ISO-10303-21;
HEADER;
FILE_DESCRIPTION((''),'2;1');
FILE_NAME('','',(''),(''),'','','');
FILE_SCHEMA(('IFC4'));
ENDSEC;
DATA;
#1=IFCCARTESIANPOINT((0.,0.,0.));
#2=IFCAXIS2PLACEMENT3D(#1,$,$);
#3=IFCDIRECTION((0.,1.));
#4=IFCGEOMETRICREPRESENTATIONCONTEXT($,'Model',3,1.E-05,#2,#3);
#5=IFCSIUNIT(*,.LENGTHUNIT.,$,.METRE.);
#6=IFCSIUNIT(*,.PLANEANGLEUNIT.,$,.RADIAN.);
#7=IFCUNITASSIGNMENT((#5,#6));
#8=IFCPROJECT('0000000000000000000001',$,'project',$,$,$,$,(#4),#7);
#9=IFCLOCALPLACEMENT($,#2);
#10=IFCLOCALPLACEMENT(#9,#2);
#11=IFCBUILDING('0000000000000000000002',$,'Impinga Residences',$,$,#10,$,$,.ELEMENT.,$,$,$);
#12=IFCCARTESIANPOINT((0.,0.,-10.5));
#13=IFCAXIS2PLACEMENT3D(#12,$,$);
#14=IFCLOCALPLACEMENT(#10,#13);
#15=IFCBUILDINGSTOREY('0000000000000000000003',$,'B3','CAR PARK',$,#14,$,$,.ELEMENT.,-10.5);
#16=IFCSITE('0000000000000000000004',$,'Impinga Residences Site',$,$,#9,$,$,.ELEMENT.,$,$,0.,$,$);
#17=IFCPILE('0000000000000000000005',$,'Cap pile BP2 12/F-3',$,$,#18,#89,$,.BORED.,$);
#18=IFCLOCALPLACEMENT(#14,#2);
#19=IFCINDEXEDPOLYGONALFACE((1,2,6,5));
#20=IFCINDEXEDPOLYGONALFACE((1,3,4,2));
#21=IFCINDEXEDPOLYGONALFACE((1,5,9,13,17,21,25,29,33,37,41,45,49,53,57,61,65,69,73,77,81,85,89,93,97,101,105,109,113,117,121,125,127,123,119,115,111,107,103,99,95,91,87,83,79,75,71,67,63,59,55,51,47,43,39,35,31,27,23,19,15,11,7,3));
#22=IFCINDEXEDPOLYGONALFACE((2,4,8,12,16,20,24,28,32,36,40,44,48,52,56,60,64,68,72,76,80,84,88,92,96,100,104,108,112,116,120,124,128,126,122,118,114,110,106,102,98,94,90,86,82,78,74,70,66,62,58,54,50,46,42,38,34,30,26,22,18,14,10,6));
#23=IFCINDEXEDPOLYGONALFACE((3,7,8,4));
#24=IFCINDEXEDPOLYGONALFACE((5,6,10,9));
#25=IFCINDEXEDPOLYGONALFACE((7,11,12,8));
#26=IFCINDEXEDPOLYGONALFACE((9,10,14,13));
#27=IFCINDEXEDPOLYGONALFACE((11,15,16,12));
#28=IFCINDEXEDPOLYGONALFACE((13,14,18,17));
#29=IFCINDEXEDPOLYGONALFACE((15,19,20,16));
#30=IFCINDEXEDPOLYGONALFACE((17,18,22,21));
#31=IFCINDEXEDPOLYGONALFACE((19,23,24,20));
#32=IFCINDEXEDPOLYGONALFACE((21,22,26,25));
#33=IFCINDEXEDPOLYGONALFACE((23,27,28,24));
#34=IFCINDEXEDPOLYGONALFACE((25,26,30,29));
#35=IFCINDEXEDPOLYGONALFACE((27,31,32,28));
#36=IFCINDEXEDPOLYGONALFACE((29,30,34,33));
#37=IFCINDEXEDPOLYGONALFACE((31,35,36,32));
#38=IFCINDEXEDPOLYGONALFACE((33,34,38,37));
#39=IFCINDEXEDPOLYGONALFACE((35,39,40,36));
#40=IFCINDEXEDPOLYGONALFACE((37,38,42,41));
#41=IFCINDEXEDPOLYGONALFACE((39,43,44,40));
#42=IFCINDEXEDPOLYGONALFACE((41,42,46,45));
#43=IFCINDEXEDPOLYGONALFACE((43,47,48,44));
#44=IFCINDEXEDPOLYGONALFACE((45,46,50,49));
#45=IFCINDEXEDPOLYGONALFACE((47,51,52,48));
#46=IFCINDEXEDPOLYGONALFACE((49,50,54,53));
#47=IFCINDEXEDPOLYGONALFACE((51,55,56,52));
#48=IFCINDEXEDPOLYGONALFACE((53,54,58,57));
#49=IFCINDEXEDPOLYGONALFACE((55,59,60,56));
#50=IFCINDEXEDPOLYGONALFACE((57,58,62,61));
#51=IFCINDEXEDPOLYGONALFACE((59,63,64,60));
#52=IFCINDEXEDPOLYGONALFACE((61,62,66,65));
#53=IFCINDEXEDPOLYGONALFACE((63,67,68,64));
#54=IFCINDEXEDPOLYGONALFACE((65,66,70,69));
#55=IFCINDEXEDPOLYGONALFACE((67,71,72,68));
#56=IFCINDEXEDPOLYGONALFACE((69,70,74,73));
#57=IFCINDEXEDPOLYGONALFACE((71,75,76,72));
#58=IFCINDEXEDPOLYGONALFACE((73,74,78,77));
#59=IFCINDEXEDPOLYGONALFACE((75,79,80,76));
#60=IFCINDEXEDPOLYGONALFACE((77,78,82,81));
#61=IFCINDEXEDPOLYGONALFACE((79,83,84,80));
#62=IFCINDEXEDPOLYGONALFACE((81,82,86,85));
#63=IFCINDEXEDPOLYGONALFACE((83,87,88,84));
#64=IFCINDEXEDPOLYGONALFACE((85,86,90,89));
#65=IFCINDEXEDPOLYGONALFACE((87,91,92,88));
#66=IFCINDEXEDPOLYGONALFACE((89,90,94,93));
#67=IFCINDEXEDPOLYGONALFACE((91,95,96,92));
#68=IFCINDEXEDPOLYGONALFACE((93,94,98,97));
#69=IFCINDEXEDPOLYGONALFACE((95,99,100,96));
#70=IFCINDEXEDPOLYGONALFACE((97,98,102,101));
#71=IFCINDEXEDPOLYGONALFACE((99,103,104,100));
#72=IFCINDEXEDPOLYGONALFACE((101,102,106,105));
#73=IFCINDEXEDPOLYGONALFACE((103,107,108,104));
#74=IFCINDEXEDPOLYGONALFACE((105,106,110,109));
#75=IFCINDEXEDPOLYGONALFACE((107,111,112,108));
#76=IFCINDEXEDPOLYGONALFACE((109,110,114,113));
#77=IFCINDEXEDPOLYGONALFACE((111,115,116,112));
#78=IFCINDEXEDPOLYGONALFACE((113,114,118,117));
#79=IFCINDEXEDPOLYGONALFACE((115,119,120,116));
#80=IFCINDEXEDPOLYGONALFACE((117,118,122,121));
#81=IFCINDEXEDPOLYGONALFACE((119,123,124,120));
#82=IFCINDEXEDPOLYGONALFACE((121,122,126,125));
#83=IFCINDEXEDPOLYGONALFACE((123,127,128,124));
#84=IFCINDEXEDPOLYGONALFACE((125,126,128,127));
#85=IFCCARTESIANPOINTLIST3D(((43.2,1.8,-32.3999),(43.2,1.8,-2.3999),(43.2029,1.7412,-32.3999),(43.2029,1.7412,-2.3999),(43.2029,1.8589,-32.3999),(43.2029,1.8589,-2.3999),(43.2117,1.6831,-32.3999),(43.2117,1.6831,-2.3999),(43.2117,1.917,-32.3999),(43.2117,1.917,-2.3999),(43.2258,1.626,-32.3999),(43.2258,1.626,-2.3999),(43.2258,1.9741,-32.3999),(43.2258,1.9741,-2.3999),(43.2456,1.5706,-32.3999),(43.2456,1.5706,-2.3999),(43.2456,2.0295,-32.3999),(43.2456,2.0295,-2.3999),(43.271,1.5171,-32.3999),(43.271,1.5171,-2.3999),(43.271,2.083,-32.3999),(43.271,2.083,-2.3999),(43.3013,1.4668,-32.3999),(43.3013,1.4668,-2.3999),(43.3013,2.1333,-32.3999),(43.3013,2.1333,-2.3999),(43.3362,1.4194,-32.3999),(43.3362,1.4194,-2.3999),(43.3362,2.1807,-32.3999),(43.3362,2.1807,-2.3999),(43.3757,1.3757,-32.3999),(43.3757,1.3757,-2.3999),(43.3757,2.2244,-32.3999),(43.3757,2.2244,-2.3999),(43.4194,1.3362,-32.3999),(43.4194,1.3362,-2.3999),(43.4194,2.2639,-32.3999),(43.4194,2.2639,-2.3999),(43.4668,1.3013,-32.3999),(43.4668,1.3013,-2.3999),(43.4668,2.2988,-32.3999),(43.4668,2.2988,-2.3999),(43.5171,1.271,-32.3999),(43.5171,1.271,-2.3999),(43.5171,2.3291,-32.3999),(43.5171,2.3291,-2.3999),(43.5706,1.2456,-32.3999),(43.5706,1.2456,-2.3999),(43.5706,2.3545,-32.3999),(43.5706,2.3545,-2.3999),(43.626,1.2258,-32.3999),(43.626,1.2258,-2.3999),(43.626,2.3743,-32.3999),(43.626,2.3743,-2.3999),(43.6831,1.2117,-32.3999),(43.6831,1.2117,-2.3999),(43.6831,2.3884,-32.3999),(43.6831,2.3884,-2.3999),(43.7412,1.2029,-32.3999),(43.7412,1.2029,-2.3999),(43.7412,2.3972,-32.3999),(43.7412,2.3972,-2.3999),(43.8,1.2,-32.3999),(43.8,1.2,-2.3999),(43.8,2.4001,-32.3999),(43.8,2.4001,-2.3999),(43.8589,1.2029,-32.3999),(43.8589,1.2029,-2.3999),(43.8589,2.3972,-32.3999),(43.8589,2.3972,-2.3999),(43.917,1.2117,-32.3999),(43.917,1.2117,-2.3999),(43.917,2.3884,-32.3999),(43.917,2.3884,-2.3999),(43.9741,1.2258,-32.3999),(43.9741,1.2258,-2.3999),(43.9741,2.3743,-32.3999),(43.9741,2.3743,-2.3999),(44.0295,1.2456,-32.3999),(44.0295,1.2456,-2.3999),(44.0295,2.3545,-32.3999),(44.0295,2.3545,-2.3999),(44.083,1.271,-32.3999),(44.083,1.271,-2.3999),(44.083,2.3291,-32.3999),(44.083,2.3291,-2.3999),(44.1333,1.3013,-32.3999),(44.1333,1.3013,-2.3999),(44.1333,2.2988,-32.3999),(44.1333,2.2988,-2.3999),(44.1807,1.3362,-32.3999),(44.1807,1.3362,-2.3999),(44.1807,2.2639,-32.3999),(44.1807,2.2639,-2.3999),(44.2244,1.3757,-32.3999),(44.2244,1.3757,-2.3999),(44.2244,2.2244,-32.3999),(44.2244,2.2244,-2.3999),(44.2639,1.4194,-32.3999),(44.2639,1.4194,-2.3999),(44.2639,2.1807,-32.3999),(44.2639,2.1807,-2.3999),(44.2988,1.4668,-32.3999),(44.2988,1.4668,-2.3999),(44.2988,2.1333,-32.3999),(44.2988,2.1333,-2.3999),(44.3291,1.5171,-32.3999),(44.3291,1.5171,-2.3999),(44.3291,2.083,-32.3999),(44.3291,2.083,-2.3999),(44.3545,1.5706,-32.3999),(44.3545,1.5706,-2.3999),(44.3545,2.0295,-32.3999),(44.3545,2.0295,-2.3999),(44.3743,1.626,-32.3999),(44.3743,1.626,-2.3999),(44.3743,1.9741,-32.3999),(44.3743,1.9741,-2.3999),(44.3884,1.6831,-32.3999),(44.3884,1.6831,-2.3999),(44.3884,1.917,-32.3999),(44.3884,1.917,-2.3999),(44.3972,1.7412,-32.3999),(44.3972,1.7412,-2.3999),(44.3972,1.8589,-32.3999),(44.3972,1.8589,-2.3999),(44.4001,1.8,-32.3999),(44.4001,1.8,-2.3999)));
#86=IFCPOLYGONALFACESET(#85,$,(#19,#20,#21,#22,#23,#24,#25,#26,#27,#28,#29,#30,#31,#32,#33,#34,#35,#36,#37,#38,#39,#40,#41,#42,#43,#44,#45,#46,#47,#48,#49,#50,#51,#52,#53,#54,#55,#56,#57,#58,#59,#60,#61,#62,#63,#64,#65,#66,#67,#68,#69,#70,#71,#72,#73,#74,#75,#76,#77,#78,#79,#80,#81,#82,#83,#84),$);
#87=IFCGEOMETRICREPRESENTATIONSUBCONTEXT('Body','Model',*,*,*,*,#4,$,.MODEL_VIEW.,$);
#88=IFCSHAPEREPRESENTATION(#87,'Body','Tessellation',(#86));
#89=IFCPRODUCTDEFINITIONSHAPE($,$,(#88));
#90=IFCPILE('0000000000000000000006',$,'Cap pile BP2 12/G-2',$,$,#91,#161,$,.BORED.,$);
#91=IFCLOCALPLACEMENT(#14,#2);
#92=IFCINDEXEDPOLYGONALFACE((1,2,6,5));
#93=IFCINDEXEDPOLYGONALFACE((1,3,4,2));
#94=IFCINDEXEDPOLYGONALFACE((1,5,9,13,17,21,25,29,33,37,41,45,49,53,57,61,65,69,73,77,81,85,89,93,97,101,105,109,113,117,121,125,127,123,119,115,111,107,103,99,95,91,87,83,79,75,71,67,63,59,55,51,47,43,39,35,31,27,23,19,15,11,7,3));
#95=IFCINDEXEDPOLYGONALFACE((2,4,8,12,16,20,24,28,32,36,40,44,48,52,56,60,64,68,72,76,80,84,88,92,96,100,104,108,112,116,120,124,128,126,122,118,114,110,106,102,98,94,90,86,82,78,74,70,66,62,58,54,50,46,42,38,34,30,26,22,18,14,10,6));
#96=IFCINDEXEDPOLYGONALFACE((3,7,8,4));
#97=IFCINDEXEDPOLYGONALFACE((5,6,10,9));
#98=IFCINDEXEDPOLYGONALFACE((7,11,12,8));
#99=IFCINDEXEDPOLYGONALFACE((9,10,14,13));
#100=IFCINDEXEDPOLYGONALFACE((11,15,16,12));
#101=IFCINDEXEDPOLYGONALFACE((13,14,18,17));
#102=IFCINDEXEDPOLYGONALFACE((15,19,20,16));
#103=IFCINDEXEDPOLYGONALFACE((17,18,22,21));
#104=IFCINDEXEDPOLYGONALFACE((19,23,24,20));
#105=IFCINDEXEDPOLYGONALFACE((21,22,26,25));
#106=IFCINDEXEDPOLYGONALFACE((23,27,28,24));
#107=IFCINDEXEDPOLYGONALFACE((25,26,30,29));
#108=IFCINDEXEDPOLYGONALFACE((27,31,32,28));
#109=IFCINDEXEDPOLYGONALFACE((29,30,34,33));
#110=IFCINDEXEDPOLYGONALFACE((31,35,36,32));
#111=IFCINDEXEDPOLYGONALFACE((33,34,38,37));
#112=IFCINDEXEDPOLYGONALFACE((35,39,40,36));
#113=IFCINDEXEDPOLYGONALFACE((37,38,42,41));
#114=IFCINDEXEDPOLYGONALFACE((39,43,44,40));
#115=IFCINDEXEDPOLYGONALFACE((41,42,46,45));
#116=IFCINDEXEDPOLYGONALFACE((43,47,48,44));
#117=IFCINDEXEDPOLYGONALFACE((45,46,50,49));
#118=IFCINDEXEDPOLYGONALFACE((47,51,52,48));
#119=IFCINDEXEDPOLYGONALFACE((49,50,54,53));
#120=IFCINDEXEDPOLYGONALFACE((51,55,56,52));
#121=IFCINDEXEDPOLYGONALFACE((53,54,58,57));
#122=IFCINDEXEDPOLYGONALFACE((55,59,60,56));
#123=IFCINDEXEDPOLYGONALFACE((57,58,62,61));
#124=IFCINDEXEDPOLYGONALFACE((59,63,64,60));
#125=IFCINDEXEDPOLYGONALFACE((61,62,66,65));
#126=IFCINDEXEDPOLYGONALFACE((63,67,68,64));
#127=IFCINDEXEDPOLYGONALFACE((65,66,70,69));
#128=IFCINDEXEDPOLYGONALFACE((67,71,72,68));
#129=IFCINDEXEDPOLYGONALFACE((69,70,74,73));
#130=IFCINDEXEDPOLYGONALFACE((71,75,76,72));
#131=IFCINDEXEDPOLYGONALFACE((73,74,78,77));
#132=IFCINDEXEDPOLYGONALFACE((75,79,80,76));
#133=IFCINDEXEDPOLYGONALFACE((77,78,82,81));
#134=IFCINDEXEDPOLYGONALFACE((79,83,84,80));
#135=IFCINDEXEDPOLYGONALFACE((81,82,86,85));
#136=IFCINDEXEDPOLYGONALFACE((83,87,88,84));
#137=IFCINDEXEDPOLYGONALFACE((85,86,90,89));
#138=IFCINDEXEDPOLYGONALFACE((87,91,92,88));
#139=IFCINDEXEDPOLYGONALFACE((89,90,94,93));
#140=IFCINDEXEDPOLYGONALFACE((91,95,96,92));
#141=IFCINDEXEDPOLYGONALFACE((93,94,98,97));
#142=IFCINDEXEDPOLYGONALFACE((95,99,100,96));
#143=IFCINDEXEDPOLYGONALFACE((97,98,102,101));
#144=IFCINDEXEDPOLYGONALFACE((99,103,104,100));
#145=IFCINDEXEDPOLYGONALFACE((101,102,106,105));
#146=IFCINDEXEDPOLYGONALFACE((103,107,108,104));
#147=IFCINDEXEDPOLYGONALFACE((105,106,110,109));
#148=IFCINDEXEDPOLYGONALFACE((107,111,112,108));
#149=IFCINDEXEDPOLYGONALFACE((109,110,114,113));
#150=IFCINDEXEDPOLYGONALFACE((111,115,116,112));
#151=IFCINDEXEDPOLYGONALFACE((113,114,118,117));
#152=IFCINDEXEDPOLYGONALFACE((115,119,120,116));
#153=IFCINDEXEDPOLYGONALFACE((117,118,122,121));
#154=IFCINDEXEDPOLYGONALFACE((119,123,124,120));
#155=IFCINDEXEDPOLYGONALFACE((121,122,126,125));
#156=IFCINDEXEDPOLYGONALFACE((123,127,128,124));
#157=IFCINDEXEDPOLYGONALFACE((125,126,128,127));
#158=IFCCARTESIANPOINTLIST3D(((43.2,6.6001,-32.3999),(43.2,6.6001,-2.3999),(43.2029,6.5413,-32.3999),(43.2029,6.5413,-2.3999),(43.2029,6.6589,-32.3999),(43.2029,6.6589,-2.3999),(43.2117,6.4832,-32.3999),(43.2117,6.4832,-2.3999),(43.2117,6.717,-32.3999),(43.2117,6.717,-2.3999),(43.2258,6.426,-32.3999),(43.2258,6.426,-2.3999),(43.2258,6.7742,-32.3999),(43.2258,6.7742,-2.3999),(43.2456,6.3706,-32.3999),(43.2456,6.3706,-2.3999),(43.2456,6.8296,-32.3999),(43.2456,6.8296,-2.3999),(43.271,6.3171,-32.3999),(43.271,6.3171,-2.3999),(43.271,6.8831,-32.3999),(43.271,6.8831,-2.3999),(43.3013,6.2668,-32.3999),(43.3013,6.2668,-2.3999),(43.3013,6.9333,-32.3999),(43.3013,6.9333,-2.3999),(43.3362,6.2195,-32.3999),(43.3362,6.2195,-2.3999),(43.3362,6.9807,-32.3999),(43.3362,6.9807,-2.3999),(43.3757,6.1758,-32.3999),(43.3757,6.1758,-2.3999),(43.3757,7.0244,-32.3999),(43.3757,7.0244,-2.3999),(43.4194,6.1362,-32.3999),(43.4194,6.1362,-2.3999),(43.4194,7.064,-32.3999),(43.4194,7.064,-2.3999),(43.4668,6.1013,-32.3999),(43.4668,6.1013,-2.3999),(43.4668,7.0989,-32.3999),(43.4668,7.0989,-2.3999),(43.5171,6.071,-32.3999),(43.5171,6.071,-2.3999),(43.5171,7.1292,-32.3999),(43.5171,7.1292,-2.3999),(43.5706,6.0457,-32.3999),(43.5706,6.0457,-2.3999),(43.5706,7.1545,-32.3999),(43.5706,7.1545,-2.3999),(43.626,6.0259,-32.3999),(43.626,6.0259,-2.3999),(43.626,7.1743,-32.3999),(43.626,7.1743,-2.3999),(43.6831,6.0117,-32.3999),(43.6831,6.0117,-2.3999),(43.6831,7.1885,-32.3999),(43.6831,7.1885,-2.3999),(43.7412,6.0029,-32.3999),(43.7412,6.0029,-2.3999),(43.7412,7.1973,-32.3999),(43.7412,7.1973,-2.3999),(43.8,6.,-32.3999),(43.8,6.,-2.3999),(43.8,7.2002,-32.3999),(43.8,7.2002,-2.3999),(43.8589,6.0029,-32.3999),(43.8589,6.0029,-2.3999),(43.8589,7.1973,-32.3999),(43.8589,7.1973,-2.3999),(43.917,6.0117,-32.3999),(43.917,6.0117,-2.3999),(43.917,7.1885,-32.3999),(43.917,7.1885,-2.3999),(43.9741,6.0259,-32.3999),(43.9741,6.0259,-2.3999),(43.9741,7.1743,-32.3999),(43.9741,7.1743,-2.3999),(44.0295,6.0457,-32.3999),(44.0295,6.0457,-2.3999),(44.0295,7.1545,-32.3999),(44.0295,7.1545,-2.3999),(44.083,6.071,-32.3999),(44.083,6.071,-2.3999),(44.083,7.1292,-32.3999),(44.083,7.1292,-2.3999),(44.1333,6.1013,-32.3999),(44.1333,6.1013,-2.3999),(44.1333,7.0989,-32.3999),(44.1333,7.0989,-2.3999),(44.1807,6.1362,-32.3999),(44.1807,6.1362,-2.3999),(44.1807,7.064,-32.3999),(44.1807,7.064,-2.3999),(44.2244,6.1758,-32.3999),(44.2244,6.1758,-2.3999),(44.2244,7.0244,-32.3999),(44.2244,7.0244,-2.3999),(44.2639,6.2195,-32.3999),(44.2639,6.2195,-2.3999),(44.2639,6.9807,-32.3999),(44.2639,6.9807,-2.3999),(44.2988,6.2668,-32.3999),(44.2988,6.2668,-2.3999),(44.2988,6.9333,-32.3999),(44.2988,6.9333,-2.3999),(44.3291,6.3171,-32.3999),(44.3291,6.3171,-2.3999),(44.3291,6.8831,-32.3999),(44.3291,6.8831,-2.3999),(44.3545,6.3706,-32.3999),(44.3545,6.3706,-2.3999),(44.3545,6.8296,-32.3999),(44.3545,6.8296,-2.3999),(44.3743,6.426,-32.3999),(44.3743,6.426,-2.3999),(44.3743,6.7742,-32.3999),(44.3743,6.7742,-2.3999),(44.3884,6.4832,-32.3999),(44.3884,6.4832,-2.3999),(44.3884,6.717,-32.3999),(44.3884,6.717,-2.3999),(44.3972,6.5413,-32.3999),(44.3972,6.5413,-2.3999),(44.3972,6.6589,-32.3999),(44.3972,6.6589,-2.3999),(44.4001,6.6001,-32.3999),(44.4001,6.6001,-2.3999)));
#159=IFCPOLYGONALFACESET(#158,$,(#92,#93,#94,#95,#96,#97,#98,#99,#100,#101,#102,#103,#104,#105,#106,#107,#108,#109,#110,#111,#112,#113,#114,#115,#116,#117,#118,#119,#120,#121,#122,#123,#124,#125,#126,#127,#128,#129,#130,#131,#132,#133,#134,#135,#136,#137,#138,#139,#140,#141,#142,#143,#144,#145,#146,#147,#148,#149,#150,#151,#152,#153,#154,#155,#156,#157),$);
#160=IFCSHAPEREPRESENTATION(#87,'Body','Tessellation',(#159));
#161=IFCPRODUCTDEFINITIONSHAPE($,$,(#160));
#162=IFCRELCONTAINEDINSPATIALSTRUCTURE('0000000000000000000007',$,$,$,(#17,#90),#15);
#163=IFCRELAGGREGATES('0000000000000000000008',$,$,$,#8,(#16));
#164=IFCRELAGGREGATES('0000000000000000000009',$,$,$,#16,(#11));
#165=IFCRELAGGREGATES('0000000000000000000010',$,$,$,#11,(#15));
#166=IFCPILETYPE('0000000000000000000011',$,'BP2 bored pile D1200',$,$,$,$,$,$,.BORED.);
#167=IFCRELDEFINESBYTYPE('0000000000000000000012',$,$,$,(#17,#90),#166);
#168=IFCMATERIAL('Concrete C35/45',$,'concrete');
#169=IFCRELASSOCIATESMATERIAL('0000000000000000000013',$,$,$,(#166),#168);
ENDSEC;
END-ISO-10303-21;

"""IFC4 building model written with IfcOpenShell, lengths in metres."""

from ifc_helpers import new_model, si_unit, direction, frame, origin, origin_2d, place, context, subcontext, project, spatial, polyline, circle, outline, extrude, material, material_profile, profile_set, type_object, element, save


model = new_model("IFC4")

# Units and contexts
model_context = context("Model", 3, precision=1e-05, world=origin(), true_north=direction((0.0, 1.0)))
body_context = subcontext(model_context, "Body", "Model", "MODEL_VIEW")
ifc_project = project(units=[si_unit("LENGTHUNIT", "METRE"), si_unit("PLANEANGLEUNIT", "RADIAN")], contexts=[model_context])

# Site, building, storey
site_placement = place(None, origin())
site = spatial("IfcSite", under=ifc_project, at=site_placement, Name="Impinga Residences Site", CompositionType="ELEMENT", RefElevation=0.0)
building_placement = place(site_placement, origin())
building = spatial("IfcBuilding", under=site, at=building_placement, Name="Impinga Residences", CompositionType="ELEMENT")
storey_placement = place(building_placement, frame((0.0, 0.0, -10.5)))
storey = spatial("IfcBuildingStorey", under=building, at=storey_placement, Name="B3", Description="CAR PARK", CompositionType="ELEMENT", Elevation=-10.5)

# Piles
ifc_material_1 = material(Name="Concrete C35/45", Category="concrete")
ifc_material_profile_1 = material_profile(ifc_material_1, circle(Radius=0.6001, at=origin_2d()), Name="D1200")
ifc_profile_set_1 = profile_set([ifc_material_profile_1], Name="Concrete C35/45")
pile_type = type_object("IfcPileType", Name="BP2 bored pile D1200", PredefinedType="BORED", material=ifc_profile_set_1)
pile_1_placement = place(storey_placement, frame((43.8, 1.8, -2.3999), z_axis=(0.0, 0.0, -1.0), x_axis=(1.0, 0.0, 0.0)))
element("IfcPile", 1, at=pile_1_placement, inside=storey, type_object=pile_type, Name="Cap pile BP2 12/F-3", PredefinedType="BORED", context=body_context, shape_type="SweptSolid", body=[
    extrude(outline(polyline([(0.6001, 0.0), (0.5972, 0.0588), (0.5884, 0.1169), (0.5742, 0.1741), (0.5544, 0.2295), (0.5291, 0.283), (0.4988, 0.3333), (0.4639, 0.3806), (0.4243, 0.4243), (0.3806, 0.4639), (0.3333, 0.4988), (0.283, 0.5291), (0.2295, 0.5544), (0.1741, 0.5742), (0.1169, 0.5884), (0.0588, 0.5972), (0.0, 0.6001), (-0.0588, 0.5972), (-0.1169, 0.5884), (-0.1741, 0.5742), (-0.2295, 0.5544), (-0.283, 0.5291), (-0.3333, 0.4988), (-0.3806, 0.4639), (-0.4243, 0.4243), (-0.4639, 0.3806), (-0.4988, 0.3333), (-0.5291, 0.283), (-0.5544, 0.2295), (-0.5742, 0.1741), (-0.5884, 0.1169), (-0.5972, 0.0588), (-0.6001, 0.0), (-0.5972, -0.0588), (-0.5884, -0.1169), (-0.5742, -0.1741), (-0.5544, -0.2295), (-0.5291, -0.283), (-0.4988, -0.3333), (-0.4639, -0.3806), (-0.4243, -0.4243), (-0.3806, -0.4639), (-0.3333, -0.4988), (-0.283, -0.5291), (-0.2295, -0.5544), (-0.1741, -0.5742), (-0.1169, -0.5884), (-0.0588, -0.5972), (0.0, -0.6001), (0.0588, -0.5972), (0.1169, -0.5884), (0.1741, -0.5742), (0.2295, -0.5544), (0.283, -0.5291), (0.3333, -0.4988), (0.3806, -0.4639), (0.4243, -0.4243), (0.4639, -0.3806), (0.4988, -0.3333), (0.5291, -0.283), (0.5544, -0.2295), (0.5742, -0.1741), (0.5884, -0.1169), (0.5972, -0.0588), (0.6001, 0.0)])), origin(), (0.0, 0.0, 1.0), 30.0),
])
pile_2_placement = place(storey_placement, frame((43.8, 6.6001, -2.3999), z_axis=(0.0, 0.0, -1.0), x_axis=(1.0, 0.0, 0.0)))
element("IfcPile", 2, at=pile_2_placement, inside=storey, type_object=pile_type, Name="Cap pile BP2 12/G-2", PredefinedType="BORED", context=body_context, shape_type="SweptSolid", body=[
    extrude(outline(polyline([(0.6001, 0.0), (0.5972, 0.0588), (0.5884, 0.1169), (0.5742, 0.1741), (0.5544, 0.2295), (0.5291, 0.283), (0.4988, 0.3333), (0.4639, 0.3806), (0.4243, 0.4243), (0.3806, 0.4639), (0.3333, 0.4988), (0.283, 0.5291), (0.2295, 0.5544), (0.1741, 0.5742), (0.1169, 0.5884), (0.0588, 0.5972), (0.0, 0.6001), (-0.0588, 0.5972), (-0.1169, 0.5884), (-0.1741, 0.5742), (-0.2295, 0.5544), (-0.283, 0.5291), (-0.3333, 0.4988), (-0.3806, 0.4639), (-0.4243, 0.4243), (-0.4639, 0.3806), (-0.4988, 0.3333), (-0.5291, 0.283), (-0.5544, 0.2295), (-0.5742, 0.1741), (-0.5884, 0.1169), (-0.5972, 0.0588), (-0.6001, 0.0), (-0.5972, -0.0588), (-0.5884, -0.1169), (-0.5742, -0.1741), (-0.5544, -0.2295), (-0.5291, -0.283), (-0.4988, -0.3333), (-0.4639, -0.3806), (-0.4243, -0.4243), (-0.3806, -0.4639), (-0.3333, -0.4988), (-0.283, -0.5291), (-0.2295, -0.5544), (-0.1741, -0.5742), (-0.1169, -0.5884), (-0.0588, -0.5972), (0.0, -0.6001), (0.0588, -0.5972), (0.1169, -0.5884), (0.1741, -0.5742), (0.2295, -0.5544), (0.283, -0.5291), (0.3333, -0.4988), (0.3806, -0.4639), (0.4243, -0.4243), (0.4639, -0.3806), (0.4988, -0.3333), (0.5291, -0.283), (0.5544, -0.2295), (0.5742, -0.1741), (0.5884, -0.1169), (0.5972, -0.0588), (0.6001, 0.0)])), origin(), (0.0, 0.0, 1.0), 30.0),
])

save(model, "model.ifc")
